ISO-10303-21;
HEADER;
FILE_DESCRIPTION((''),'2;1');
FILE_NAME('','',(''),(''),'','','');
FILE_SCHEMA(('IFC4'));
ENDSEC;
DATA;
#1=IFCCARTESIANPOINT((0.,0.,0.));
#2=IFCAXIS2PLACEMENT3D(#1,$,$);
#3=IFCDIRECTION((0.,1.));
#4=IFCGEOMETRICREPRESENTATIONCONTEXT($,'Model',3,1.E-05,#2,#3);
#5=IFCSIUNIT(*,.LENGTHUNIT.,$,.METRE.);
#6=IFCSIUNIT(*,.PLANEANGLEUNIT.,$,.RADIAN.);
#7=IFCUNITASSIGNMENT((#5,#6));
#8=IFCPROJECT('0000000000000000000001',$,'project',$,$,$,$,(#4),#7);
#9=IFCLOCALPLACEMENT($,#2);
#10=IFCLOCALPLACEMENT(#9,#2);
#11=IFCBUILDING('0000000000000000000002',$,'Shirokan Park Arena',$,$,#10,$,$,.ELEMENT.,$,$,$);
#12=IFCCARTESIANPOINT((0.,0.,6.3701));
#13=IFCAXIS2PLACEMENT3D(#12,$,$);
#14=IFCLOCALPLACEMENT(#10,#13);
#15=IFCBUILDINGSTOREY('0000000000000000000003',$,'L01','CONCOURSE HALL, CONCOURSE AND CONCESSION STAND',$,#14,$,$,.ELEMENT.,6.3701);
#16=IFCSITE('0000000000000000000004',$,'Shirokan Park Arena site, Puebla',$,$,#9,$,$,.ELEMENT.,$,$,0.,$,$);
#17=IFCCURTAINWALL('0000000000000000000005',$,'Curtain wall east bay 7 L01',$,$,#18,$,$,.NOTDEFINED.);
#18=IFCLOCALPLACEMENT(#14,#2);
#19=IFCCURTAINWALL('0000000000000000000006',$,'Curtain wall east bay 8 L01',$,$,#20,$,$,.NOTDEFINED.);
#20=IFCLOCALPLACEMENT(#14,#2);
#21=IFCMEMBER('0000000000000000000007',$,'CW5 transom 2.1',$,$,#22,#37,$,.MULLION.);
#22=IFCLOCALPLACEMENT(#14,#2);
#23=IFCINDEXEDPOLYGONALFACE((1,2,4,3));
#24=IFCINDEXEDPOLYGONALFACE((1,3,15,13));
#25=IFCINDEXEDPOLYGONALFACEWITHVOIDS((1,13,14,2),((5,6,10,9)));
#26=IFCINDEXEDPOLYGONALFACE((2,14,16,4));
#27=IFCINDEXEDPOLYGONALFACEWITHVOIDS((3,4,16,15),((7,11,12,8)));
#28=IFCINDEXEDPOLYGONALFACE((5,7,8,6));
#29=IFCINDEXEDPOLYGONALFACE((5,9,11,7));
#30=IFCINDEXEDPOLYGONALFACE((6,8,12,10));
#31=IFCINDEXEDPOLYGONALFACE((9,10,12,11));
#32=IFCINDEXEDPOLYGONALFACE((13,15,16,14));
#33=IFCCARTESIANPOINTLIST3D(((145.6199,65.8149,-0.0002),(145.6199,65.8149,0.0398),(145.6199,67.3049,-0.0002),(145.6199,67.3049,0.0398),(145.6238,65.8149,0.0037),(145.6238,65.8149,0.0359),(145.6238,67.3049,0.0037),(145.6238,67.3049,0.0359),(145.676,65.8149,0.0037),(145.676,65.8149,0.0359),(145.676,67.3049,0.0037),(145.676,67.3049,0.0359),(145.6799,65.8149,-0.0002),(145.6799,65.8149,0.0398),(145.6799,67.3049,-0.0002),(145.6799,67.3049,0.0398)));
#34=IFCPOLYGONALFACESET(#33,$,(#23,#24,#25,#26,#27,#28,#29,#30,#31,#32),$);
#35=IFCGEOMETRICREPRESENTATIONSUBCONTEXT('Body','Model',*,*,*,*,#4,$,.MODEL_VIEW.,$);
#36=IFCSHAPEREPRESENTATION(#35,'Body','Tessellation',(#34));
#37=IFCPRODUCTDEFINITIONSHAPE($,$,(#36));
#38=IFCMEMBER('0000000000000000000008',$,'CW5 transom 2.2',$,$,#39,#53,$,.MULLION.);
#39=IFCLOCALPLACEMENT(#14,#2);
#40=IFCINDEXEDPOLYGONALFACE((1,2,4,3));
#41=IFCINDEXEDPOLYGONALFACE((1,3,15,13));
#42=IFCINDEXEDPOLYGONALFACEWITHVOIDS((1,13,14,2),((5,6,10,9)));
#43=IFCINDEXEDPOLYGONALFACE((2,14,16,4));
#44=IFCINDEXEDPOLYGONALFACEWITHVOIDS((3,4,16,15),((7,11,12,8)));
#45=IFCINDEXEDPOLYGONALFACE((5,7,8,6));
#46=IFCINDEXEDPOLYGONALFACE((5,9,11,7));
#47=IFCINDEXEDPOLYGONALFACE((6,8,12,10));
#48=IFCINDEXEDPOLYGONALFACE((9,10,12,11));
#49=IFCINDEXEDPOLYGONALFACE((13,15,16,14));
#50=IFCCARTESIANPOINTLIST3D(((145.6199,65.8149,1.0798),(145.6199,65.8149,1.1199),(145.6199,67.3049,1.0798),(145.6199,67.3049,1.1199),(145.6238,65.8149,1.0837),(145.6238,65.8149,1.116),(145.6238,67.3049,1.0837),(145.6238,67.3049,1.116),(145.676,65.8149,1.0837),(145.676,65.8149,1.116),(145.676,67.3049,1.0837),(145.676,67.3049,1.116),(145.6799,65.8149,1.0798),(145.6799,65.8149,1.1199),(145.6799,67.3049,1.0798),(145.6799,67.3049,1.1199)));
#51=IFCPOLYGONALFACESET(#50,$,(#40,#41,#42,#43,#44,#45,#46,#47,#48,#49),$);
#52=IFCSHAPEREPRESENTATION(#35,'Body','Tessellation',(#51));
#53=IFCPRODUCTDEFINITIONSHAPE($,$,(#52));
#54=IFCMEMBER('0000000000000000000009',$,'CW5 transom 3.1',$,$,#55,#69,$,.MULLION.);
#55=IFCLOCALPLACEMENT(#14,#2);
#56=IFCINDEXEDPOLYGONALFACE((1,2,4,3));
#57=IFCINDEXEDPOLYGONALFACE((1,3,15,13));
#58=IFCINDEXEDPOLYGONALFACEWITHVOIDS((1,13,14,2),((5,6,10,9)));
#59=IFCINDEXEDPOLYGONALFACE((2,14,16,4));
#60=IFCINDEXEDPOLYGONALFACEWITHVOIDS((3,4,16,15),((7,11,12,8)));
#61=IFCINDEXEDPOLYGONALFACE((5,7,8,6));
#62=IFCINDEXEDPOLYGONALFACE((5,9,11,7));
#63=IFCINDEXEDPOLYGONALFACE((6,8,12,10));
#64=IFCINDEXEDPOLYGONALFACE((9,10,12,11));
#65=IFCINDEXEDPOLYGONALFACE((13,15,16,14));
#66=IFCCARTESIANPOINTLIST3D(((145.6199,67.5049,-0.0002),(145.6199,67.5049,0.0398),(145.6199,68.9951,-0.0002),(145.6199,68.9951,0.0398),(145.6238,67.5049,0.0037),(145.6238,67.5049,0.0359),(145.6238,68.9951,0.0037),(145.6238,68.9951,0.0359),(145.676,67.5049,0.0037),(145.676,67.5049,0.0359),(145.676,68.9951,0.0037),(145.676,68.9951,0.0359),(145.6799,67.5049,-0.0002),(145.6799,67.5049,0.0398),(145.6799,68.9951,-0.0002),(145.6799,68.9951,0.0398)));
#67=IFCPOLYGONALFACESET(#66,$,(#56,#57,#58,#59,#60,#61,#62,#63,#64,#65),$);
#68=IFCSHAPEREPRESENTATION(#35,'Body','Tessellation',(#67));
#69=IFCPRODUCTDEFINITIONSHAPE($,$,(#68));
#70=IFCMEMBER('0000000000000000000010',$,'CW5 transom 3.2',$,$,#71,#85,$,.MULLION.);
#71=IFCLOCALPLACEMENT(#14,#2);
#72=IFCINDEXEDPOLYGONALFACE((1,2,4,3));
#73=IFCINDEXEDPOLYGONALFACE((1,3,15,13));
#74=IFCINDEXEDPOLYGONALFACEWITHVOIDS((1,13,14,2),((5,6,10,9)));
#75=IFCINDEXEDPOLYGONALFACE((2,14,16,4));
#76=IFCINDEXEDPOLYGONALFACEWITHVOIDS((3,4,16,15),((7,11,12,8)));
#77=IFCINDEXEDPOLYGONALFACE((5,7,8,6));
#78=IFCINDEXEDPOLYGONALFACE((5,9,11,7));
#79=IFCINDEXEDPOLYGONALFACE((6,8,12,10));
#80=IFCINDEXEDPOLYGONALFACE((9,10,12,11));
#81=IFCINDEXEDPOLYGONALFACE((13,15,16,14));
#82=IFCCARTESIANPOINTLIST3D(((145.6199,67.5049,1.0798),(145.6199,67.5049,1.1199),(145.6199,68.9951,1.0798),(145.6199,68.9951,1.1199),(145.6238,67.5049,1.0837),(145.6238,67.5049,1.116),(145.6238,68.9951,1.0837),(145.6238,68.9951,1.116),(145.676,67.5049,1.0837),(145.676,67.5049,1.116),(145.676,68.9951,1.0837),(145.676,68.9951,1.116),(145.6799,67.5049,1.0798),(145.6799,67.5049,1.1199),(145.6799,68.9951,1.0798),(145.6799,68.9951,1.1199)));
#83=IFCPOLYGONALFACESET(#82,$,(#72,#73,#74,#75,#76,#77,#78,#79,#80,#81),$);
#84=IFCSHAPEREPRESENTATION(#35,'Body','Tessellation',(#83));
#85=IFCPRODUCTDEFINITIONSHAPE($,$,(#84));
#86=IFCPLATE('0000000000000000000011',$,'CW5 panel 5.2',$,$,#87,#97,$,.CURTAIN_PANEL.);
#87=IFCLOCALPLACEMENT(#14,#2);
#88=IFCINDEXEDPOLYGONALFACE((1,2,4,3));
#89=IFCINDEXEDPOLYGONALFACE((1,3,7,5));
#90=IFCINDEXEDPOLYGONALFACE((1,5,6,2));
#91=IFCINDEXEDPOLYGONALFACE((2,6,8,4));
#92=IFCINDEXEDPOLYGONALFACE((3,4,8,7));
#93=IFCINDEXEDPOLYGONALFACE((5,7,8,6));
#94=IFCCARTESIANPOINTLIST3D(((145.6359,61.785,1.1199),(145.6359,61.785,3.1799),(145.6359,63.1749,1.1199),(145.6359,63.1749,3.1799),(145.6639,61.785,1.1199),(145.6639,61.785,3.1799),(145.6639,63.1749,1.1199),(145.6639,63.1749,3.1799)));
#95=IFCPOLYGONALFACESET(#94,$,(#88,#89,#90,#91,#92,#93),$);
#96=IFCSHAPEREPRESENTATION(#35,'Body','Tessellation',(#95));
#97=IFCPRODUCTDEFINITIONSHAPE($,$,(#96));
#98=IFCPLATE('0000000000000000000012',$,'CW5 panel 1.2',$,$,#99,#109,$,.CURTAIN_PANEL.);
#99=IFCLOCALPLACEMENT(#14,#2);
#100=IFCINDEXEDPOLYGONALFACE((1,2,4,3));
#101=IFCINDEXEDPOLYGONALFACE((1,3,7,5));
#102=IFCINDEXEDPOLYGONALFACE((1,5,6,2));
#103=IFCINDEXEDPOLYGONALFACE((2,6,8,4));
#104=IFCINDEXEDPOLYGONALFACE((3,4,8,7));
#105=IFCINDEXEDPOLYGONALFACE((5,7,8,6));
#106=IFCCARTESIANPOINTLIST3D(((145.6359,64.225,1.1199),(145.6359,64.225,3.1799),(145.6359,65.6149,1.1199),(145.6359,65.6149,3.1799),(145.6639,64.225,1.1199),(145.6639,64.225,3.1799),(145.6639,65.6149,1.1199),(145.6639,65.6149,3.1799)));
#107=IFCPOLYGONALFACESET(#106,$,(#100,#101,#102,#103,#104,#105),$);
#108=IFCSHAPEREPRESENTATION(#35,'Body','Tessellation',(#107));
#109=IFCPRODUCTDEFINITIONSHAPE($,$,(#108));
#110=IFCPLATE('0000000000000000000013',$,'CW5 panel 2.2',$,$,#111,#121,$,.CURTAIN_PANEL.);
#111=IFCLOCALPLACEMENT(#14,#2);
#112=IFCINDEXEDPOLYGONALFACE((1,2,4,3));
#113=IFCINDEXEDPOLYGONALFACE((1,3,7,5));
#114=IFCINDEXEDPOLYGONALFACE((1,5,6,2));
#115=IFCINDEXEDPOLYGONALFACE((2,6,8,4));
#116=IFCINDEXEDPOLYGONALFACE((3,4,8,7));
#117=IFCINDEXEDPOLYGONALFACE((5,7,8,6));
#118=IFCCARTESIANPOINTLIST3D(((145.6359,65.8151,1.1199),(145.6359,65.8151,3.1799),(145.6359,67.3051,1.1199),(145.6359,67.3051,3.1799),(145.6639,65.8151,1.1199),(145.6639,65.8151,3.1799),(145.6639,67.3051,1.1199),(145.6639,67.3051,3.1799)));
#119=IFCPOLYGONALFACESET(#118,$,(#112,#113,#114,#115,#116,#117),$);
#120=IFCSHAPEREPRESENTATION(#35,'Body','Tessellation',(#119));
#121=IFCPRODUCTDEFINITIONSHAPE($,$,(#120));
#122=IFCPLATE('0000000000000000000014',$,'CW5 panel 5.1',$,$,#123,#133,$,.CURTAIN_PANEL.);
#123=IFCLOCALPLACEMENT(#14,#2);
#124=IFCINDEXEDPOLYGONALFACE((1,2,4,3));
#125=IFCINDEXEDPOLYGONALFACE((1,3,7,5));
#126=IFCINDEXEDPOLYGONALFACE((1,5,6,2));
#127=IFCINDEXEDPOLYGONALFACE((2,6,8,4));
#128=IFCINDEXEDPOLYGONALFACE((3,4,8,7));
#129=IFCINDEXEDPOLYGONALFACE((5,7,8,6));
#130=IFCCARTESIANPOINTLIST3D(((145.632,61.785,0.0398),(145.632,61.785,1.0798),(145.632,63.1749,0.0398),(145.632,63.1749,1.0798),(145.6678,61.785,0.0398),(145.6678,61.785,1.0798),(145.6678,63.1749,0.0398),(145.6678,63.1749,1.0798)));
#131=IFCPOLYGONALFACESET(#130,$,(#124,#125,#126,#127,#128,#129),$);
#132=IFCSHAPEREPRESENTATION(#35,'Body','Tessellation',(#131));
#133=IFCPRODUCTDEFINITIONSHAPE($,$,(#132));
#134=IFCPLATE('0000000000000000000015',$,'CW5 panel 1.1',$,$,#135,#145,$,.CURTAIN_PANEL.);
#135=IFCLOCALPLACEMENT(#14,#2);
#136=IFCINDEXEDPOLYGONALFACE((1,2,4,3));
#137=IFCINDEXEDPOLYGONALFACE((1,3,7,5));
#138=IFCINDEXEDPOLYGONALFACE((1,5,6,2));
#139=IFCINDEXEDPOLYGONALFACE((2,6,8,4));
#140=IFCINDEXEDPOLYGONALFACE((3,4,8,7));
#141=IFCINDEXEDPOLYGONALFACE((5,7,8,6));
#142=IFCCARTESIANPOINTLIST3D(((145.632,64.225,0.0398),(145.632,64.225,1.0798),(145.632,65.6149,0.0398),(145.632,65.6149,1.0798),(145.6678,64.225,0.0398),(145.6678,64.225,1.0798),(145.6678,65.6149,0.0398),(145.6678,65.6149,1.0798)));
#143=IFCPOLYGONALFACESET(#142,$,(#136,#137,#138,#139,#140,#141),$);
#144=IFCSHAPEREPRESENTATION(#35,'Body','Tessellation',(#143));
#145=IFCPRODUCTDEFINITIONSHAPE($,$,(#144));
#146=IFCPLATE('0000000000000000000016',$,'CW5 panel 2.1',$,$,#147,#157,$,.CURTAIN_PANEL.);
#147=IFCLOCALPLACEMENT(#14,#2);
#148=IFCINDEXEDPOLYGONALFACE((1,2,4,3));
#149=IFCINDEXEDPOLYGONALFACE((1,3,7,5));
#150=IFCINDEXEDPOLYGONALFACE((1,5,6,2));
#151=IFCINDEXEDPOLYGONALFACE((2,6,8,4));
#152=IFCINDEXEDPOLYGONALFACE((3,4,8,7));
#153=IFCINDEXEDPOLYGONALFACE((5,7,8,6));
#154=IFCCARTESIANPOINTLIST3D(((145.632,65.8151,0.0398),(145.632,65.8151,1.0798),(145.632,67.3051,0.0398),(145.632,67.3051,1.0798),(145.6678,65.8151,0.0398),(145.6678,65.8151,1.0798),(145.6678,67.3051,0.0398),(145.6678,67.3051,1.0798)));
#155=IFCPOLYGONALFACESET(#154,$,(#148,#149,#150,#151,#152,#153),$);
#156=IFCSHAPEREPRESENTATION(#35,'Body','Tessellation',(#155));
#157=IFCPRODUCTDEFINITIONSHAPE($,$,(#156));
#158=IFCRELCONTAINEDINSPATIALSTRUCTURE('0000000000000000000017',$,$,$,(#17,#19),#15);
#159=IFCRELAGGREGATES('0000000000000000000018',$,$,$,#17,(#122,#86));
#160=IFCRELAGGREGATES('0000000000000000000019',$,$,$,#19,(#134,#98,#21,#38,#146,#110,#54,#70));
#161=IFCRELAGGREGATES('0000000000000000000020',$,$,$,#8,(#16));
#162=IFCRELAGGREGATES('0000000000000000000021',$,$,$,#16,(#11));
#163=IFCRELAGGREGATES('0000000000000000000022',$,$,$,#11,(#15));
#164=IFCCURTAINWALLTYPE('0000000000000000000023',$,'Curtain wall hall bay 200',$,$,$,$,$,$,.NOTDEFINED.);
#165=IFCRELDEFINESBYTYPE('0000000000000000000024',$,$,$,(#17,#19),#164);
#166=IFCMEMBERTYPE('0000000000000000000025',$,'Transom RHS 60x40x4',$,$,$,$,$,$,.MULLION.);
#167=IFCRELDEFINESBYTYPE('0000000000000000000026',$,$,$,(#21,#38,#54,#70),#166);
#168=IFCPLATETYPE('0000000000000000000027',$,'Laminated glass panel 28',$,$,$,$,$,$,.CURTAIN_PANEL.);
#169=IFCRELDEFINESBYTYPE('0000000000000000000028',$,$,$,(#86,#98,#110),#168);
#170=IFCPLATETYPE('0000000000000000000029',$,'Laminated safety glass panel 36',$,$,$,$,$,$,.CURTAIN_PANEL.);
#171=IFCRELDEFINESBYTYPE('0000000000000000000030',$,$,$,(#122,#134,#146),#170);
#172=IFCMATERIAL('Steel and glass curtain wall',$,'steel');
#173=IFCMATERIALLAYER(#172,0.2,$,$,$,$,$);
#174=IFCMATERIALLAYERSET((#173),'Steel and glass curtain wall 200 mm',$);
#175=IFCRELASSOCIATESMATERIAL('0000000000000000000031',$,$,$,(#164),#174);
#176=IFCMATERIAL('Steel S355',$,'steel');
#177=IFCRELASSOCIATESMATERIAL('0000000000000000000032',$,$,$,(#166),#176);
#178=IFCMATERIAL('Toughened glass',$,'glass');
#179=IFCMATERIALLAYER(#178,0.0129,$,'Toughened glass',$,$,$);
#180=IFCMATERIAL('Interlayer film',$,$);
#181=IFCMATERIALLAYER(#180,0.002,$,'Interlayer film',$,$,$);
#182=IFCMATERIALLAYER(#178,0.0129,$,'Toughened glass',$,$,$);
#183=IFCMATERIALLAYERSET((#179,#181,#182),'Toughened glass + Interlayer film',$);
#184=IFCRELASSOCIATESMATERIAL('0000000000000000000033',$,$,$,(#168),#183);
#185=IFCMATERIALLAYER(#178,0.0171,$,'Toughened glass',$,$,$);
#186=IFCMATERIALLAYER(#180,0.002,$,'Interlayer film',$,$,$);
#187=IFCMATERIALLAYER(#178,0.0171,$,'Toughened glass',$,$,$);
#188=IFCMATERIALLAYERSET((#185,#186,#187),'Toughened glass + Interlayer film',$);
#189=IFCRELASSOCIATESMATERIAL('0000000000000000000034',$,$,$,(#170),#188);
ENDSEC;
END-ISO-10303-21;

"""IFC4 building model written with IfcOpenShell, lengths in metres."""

from ifc_helpers import new_model, si_unit, direction, frame, origin, origin_2d, place, context, subcontext, project, spatial, rectangle, hollow_rectangle, extrude, material, layer, layer_set, material_profile, profile_set, type_object, element, aggregate, save


model = new_model("IFC4")

# Units and contexts
model_context = context("Model", 3, precision=1e-05, world=origin(), true_north=direction((0.0, 1.0)))
body_context = subcontext(model_context, "Body", "Model", "MODEL_VIEW")
ifc_project = project(units=[si_unit("LENGTHUNIT", "METRE"), si_unit("PLANEANGLEUNIT", "RADIAN")], contexts=[model_context])

# Site, building, storey
site_placement = place(None, origin())
site = spatial("IfcSite", under=ifc_project, at=site_placement, Name="Shirokan Park Arena site, Puebla", CompositionType="ELEMENT", RefElevation=0.0)
building_placement = place(site_placement, origin())
building = spatial("IfcBuilding", under=site, at=building_placement, Name="Shirokan Park Arena", CompositionType="ELEMENT")
storey_placement = place(building_placement, frame((0.0, 0.0, 6.3701)))
storey = spatial("IfcBuildingStorey", under=building, at=storey_placement, Name="L01", Description="CONCOURSE HALL, CONCOURSE AND CONCESSION STAND", CompositionType="ELEMENT", Elevation=6.3701)

# Curtain walls
ifc_material_1 = material(Name="Steel and glass curtain wall", Category="steel")
ifc_layer_1 = layer(ifc_material_1, 0.2)
ifc_layer_set_1 = layer_set([ifc_layer_1], Name="Steel and glass curtain wall 200 mm")
curtain_wall_type = type_object("IfcCurtainWallType", Name="Curtain wall hall bay 200", PredefinedType="NOTDEFINED", material=ifc_layer_set_1)
curtain_wall_1_placement = place(storey_placement, origin())
curtain_wall_1 = element("IfcCurtainWall", 1, at=curtain_wall_1_placement, inside=storey, type_object=curtain_wall_type, Name="Curtain wall east bay 7 L01", PredefinedType="NOTDEFINED")
ifc_material_2 = material(Name="Steel S355", Category="steel")
curtain_wall_2_placement = place(storey_placement, origin())
curtain_wall_2 = element("IfcCurtainWall", 2, at=curtain_wall_2_placement, inside=storey, type_object=curtain_wall_type, Name="Curtain wall east bay 8 L01", PredefinedType="NOTDEFINED")

# Members
ifc_material_profile_1 = material_profile(ifc_material_2, hollow_rectangle(XDim=0.0601, YDim=0.04, WallThickness=0.0039, at=origin_2d()), Name="RHS 60x40x4")
ifc_profile_set_1 = profile_set([ifc_material_profile_1], Name="Steel S355")
member_type_1 = type_object("IfcMemberType", Name="Transom RHS 60x40x4", PredefinedType="MULLION", material=ifc_profile_set_1)
member_1_placement = place(storey_placement, frame((145.6499, 65.8149, 0.0198), z_axis=(0.0, 1.0, 0.0), x_axis=(-1.0, 0.0, 0.0)))
member_1 = element("IfcMember", 3, at=member_1_placement, type_object=member_type_1, Name="CW5 transom 2.1", PredefinedType="MULLION", context=body_context, shape_type="SweptSolid", body=[
    extrude(hollow_rectangle(XDim=0.0601, YDim=0.04, WallThickness=0.0039, at=origin_2d()), origin(), (0.0, 0.0, 1.0), 1.49),
])
member_2_placement = place(storey_placement, frame((145.6499, 65.8149, 1.0999), z_axis=(0.0, 1.0, 0.0), x_axis=(-1.0, 0.0, 0.0)))
member_2 = element("IfcMember", 4, at=member_2_placement, type_object=member_type_1, Name="CW5 transom 2.2", PredefinedType="MULLION", context=body_context, shape_type="SweptSolid", body=[
    extrude(hollow_rectangle(XDim=0.0601, YDim=0.04, WallThickness=0.0039, at=origin_2d()), origin(), (0.0, 0.0, 1.0), 1.49),
])
member_3_placement = place(storey_placement, frame((145.6499, 67.5049, 0.0198), z_axis=(0.0, 1.0, 0.0), x_axis=(-1.0, 0.0, 0.0)))
member_3 = element("IfcMember", 5, at=member_3_placement, type_object=member_type_1, Name="CW5 transom 3.1", PredefinedType="MULLION", context=body_context, shape_type="SweptSolid", body=[
    extrude(hollow_rectangle(XDim=0.0601, YDim=0.04, WallThickness=0.0039, at=origin_2d()), origin(), (0.0, 0.0, 1.0), 1.4902),
])
member_4_placement = place(storey_placement, frame((145.6499, 67.5049, 1.0999), z_axis=(0.0, 1.0, 0.0), x_axis=(-1.0, 0.0, 0.0)))
member_4 = element("IfcMember", 6, at=member_4_placement, type_object=member_type_1, Name="CW5 transom 3.2", PredefinedType="MULLION", context=body_context, shape_type="SweptSolid", body=[
    extrude(hollow_rectangle(XDim=0.0601, YDim=0.04, WallThickness=0.0039, at=origin_2d()), origin(), (0.0, 0.0, 1.0), 1.4902),
])

# Plates
ifc_material_3 = material(Name="Toughened glass", Category="glass")
ifc_layer_2 = layer(ifc_material_3, 0.0129, Name="Toughened glass")
ifc_material_4 = material(Name="Interlayer film")
ifc_layer_3 = layer(ifc_material_4, 0.002, Name="Interlayer film")
ifc_layer_4 = layer(ifc_material_3, 0.0129, Name="Toughened glass")
ifc_layer_set_2 = layer_set([ifc_layer_2, ifc_layer_3, ifc_layer_4], Name="Toughened glass + Interlayer film")
plate_type_1 = type_object("IfcPlateType", Name="Laminated glass panel 28", PredefinedType="CURTAIN_PANEL", material=ifc_layer_set_2)
plate_1_placement = place(storey_placement, frame((145.6499, 62.48, 1.1199), z_axis=(0.0, 0.0, 1.0), x_axis=(0.0, 1.0, 0.0)))
plate_1 = element("IfcPlate", 7, at=plate_1_placement, type_object=plate_type_1, Name="CW5 panel 5.2", PredefinedType="CURTAIN_PANEL", context=body_context, shape_type="SweptSolid", body=[
    extrude(rectangle(XDim=1.3899, YDim=0.0281, at=origin_2d()), origin(), (0.0, 0.0, 1.0), 2.0601),
])
plate_2_placement = place(storey_placement, frame((145.6499, 64.9199, 1.1199), z_axis=(0.0, 0.0, 1.0), x_axis=(0.0, 1.0, 0.0)))
plate_2 = element("IfcPlate", 8, at=plate_2_placement, type_object=plate_type_1, Name="CW5 panel 1.2", PredefinedType="CURTAIN_PANEL", context=body_context, shape_type="SweptSolid", body=[
    extrude(rectangle(XDim=1.3899, YDim=0.0281, at=origin_2d()), origin(), (0.0, 0.0, 1.0), 2.0601),
])
plate_3_placement = place(storey_placement, frame((145.6499, 66.5601, 1.1199), z_axis=(0.0, 0.0, 1.0), x_axis=(0.0, 1.0, 0.0)))
plate_3 = element("IfcPlate", 9, at=plate_3_placement, type_object=plate_type_1, Name="CW5 panel 2.2", PredefinedType="CURTAIN_PANEL", context=body_context, shape_type="SweptSolid", body=[
    extrude(rectangle(XDim=1.49, YDim=0.0281, at=origin_2d()), origin(), (0.0, 0.0, 1.0), 2.0601),
])
ifc_layer_5 = layer(ifc_material_3, 0.0171, Name="Toughened glass")
ifc_layer_6 = layer(ifc_material_4, 0.002, Name="Interlayer film")
ifc_layer_7 = layer(ifc_material_3, 0.0171, Name="Toughened glass")
ifc_layer_set_3 = layer_set([ifc_layer_5, ifc_layer_6, ifc_layer_7], Name="Toughened glass + Interlayer film")
plate_type_2 = type_object("IfcPlateType", Name="Laminated safety glass panel 36", PredefinedType="CURTAIN_PANEL", material=ifc_layer_set_3)
plate_4_placement = place(storey_placement, frame((145.6499, 62.48, 0.0398), z_axis=(0.0, 0.0, 1.0), x_axis=(0.0, 1.0, 0.0)))
plate_4 = element("IfcPlate", 10, at=plate_4_placement, type_object=plate_type_2, Name="CW5 panel 5.1", PredefinedType="CURTAIN_PANEL", context=body_context, shape_type="SweptSolid", body=[
    extrude(rectangle(XDim=1.3899, YDim=0.0359, at=origin_2d()), origin(), (0.0, 0.0, 1.0), 1.04),
])
aggregate(curtain_wall_1, [plate_4, plate_1])
plate_5_placement = place(storey_placement, frame((145.6499, 64.9199, 0.0398), z_axis=(0.0, 0.0, 1.0), x_axis=(0.0, 1.0, 0.0)))
plate_5 = element("IfcPlate", 11, at=plate_5_placement, type_object=plate_type_2, Name="CW5 panel 1.1", PredefinedType="CURTAIN_PANEL", context=body_context, shape_type="SweptSolid", body=[
    extrude(rectangle(XDim=1.3899, YDim=0.0359, at=origin_2d()), origin(), (0.0, 0.0, 1.0), 1.04),
])
plate_6_placement = place(storey_placement, frame((145.6499, 66.5601, 0.0398), z_axis=(0.0, 0.0, 1.0), x_axis=(0.0, 1.0, 0.0)))
plate_6 = element("IfcPlate", 12, at=plate_6_placement, type_object=plate_type_2, Name="CW5 panel 2.1", PredefinedType="CURTAIN_PANEL", context=body_context, shape_type="SweptSolid", body=[
    extrude(rectangle(XDim=1.49, YDim=0.0359, at=origin_2d()), origin(), (0.0, 0.0, 1.0), 1.04),
])
aggregate(curtain_wall_2, [plate_5, plate_2, member_1, member_2, plate_6, plate_3, member_3, member_4])

save(model, "model.ifc")
